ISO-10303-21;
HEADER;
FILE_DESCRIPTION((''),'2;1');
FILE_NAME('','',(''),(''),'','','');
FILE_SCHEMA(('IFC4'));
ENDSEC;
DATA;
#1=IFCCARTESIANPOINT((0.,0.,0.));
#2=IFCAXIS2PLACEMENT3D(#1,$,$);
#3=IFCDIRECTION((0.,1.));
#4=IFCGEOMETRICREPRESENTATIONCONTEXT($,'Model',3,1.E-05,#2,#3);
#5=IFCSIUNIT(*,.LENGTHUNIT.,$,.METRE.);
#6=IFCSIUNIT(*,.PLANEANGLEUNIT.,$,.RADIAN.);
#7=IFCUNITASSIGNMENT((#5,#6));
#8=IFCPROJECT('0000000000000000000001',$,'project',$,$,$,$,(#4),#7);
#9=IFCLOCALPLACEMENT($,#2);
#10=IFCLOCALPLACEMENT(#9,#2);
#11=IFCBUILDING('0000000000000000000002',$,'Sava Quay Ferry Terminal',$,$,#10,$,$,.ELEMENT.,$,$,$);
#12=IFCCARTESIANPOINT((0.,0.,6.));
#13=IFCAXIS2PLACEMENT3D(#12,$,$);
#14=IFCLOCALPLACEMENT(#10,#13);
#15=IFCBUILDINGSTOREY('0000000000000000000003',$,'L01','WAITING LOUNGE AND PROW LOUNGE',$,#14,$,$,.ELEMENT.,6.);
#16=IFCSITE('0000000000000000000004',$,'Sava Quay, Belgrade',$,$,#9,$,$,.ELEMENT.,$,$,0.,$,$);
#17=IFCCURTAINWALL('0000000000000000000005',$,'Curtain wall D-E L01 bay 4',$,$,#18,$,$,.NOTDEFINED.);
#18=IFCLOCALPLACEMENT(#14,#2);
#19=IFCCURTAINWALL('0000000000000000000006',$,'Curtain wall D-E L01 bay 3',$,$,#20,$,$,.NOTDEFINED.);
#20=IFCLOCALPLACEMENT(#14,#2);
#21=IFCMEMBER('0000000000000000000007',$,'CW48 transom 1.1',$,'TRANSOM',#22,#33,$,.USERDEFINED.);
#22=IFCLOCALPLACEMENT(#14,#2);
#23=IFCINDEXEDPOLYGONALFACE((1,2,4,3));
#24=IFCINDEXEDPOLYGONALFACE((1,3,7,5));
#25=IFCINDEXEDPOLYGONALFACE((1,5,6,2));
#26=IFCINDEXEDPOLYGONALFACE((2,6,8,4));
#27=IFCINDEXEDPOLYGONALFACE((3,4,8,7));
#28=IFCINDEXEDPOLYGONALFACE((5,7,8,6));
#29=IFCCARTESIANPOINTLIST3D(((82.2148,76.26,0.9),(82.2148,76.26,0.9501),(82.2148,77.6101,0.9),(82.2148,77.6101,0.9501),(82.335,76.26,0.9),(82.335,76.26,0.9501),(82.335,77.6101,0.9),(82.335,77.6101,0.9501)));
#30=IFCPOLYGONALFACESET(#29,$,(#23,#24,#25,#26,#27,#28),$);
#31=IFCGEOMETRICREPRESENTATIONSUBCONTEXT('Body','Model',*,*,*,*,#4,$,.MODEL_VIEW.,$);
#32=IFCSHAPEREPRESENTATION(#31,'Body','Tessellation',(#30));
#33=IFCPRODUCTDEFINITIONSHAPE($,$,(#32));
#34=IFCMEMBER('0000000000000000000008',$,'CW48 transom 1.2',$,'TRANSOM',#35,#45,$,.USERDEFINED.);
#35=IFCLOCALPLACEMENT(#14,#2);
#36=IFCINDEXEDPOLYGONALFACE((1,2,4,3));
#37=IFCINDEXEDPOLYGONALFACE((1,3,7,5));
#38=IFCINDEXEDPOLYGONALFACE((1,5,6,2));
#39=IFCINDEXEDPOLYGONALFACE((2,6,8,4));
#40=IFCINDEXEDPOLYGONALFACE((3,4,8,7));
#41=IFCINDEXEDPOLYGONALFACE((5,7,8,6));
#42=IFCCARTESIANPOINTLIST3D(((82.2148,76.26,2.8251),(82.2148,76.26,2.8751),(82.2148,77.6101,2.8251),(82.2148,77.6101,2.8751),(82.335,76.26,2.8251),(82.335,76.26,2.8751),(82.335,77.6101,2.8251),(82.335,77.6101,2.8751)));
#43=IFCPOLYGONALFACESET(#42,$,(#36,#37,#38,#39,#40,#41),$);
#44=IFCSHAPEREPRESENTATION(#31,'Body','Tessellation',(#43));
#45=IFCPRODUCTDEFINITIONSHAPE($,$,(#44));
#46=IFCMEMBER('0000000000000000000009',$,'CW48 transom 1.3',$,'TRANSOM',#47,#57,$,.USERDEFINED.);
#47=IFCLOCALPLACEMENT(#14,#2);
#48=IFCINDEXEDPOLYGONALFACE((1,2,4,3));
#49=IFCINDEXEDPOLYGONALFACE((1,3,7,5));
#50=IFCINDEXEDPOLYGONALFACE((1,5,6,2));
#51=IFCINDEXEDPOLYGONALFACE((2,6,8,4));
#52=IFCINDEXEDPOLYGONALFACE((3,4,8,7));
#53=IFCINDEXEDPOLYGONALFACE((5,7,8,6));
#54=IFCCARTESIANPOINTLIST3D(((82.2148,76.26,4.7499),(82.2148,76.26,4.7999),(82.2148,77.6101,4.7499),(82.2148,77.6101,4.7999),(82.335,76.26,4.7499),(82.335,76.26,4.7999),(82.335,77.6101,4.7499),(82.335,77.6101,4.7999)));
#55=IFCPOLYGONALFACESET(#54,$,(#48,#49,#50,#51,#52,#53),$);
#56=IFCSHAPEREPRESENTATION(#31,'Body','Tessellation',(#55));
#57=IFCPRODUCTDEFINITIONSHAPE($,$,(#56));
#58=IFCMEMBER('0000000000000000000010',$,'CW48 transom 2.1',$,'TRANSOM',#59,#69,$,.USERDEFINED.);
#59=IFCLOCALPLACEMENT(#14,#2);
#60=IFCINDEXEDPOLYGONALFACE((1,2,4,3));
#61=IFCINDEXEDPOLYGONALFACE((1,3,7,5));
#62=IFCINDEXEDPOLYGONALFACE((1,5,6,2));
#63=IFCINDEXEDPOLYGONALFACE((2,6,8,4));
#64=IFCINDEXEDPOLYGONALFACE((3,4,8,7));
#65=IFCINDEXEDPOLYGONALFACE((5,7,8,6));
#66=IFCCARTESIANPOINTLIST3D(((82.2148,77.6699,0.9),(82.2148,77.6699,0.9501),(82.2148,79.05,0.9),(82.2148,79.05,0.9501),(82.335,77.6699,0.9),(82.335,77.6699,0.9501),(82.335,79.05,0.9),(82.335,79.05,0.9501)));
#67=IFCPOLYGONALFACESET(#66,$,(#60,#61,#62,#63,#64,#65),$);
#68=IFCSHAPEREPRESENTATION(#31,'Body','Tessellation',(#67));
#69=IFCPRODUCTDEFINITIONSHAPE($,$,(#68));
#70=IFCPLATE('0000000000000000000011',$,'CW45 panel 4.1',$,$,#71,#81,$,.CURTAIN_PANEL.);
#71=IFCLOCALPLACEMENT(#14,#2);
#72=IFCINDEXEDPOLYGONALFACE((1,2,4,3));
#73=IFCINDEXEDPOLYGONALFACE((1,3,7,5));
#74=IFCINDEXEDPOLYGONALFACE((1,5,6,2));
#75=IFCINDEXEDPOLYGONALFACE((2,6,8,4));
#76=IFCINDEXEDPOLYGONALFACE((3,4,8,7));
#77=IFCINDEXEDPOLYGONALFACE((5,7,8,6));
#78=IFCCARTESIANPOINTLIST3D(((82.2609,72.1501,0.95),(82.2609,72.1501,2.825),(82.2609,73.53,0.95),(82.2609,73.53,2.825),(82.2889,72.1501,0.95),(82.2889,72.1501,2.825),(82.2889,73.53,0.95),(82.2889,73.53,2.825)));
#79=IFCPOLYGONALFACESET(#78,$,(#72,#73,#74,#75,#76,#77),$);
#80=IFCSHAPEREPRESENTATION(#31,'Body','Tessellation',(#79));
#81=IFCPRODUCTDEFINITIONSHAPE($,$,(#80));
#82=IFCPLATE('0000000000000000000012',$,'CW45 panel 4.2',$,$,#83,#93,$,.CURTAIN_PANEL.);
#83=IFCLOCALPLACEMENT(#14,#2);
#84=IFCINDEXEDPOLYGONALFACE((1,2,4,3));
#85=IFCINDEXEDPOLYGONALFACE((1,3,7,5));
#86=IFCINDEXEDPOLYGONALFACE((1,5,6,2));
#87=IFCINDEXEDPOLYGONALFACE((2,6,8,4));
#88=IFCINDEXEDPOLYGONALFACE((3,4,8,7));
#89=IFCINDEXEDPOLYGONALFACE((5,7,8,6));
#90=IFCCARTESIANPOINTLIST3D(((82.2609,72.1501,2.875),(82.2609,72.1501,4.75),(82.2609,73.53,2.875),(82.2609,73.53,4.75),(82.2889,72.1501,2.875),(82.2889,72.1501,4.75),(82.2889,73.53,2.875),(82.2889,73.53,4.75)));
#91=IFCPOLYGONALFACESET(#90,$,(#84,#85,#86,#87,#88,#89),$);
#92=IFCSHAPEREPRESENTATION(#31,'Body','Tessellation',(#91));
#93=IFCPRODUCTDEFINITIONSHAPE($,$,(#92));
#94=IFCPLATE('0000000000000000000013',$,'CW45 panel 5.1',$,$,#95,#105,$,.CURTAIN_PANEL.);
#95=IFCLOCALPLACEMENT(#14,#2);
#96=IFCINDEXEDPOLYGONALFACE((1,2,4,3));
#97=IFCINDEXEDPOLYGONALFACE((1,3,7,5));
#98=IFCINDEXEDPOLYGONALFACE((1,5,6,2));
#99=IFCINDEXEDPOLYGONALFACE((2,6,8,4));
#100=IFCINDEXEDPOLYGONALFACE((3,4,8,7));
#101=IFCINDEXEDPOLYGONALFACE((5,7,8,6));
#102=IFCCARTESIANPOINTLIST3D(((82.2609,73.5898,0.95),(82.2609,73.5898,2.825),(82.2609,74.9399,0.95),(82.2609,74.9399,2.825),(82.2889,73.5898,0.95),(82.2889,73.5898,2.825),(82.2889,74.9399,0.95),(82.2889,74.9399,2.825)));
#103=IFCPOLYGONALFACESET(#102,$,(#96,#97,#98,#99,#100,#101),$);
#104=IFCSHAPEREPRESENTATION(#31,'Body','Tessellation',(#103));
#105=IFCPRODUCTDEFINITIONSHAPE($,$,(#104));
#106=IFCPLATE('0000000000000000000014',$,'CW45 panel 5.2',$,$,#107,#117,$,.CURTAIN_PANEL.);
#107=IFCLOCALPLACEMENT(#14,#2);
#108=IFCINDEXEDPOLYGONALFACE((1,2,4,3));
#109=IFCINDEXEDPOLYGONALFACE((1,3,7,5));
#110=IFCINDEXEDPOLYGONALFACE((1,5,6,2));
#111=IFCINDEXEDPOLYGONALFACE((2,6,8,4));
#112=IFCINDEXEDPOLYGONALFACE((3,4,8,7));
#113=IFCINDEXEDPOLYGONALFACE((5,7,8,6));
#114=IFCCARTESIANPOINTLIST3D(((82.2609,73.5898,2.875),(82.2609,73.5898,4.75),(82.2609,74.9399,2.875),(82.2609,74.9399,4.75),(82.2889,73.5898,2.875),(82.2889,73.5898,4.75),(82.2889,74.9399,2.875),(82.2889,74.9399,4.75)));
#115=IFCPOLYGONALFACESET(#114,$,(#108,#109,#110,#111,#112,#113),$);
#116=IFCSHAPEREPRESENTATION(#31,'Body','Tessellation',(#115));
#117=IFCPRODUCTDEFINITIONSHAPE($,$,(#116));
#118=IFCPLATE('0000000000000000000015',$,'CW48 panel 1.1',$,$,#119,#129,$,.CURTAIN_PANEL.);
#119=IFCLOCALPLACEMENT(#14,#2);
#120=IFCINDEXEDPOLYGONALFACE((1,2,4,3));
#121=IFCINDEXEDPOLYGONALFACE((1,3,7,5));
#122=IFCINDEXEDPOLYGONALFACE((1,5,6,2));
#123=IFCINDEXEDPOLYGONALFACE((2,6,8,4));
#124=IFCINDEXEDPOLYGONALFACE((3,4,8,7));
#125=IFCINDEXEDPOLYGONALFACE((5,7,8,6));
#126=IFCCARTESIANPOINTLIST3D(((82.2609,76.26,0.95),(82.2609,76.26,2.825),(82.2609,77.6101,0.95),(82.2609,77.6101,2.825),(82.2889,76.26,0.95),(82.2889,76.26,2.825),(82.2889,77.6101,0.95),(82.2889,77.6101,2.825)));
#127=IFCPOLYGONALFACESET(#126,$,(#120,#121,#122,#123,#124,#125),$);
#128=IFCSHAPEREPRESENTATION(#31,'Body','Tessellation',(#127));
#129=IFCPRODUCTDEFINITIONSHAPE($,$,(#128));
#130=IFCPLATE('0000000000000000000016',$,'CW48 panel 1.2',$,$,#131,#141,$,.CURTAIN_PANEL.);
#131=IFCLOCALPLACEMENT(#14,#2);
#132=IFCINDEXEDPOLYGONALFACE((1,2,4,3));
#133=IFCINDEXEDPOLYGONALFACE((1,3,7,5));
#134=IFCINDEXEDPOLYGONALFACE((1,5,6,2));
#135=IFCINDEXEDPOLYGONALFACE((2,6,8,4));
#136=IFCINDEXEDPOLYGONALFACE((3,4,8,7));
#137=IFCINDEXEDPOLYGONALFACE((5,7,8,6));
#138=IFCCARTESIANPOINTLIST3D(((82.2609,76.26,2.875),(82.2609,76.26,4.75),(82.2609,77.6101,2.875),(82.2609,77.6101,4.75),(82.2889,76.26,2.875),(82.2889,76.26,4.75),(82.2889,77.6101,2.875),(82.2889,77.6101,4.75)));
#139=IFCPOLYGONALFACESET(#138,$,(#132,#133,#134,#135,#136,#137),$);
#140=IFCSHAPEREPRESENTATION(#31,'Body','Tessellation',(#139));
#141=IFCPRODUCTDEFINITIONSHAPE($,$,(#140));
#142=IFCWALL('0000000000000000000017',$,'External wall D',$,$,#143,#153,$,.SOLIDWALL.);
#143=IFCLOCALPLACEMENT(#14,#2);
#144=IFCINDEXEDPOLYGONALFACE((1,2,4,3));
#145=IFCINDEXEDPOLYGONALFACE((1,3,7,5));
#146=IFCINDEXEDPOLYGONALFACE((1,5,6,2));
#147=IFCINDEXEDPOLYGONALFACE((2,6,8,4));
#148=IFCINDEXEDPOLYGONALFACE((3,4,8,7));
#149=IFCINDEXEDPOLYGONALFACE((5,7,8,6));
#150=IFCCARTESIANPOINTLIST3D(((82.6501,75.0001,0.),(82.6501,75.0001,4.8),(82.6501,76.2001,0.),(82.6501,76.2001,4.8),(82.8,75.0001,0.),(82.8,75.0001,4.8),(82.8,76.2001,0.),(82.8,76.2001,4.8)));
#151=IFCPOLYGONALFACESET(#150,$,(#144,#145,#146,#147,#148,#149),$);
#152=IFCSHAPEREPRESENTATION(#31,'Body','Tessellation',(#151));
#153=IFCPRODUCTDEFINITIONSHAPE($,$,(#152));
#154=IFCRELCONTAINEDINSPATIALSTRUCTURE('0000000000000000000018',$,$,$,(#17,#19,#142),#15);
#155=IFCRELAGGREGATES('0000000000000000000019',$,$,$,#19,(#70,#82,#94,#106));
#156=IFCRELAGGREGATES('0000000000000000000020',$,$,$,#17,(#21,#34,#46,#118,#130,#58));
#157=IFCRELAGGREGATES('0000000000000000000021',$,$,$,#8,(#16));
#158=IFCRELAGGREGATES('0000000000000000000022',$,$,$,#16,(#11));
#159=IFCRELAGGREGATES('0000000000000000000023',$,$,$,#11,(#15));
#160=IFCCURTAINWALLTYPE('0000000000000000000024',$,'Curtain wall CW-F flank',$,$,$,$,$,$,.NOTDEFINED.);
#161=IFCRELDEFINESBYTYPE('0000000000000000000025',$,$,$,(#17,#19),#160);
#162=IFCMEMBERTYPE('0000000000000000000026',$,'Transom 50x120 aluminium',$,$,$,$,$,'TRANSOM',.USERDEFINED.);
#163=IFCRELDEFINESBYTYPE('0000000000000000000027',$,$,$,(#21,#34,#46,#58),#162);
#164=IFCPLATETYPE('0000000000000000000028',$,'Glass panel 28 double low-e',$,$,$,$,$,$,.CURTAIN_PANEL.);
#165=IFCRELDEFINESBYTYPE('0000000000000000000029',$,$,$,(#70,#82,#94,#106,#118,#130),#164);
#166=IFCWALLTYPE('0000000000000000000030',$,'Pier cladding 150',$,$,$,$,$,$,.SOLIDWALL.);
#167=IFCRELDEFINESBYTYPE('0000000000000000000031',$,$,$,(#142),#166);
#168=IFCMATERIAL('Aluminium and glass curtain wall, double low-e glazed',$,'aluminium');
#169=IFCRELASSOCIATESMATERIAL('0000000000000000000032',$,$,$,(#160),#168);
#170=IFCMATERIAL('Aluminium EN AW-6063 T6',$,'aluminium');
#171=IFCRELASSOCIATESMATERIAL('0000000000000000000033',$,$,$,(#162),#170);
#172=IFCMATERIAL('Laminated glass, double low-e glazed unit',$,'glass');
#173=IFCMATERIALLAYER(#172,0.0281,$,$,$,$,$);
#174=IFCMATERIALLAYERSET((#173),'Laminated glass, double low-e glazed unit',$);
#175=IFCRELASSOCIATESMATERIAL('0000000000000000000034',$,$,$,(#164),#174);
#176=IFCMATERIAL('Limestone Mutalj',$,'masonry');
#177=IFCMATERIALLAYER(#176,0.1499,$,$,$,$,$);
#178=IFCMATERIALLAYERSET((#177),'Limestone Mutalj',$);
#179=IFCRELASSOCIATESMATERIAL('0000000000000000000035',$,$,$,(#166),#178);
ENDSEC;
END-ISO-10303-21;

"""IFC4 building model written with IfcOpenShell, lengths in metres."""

from ifc_helpers import new_model, si_unit, direction, frame, frame_2d, origin, origin_2d, place, context, subcontext, project, spatial, rectangle, extrude, material, layer, layer_set, material_profile, profile_set, type_object, element, aggregate, save


model = new_model("IFC4")

# Units and contexts
model_context = context("Model", 3, precision=1e-05, world=origin(), true_north=direction((0.0, 1.0)))
body_context = subcontext(model_context, "Body", "Model", "MODEL_VIEW")
ifc_project = project(units=[si_unit("LENGTHUNIT", "METRE"), si_unit("PLANEANGLEUNIT", "RADIAN")], contexts=[model_context])

# Site, building, storey
site_placement = place(None, origin())
site = spatial("IfcSite", under=ifc_project, at=site_placement, Name="Sava Quay, Belgrade", CompositionType="ELEMENT", RefElevation=0.0)
building_placement = place(site_placement, origin())
building = spatial("IfcBuilding", under=site, at=building_placement, Name="Sava Quay Ferry Terminal", CompositionType="ELEMENT")
storey_placement = place(building_placement, frame((0.0, 0.0, 6.0)))
storey = spatial("IfcBuildingStorey", under=building, at=storey_placement, Name="L01", Description="WAITING LOUNGE AND PROW LOUNGE", CompositionType="ELEMENT", Elevation=6.0)

# Curtain wall
ifc_material_1 = material(Name="Aluminium and glass curtain wall, double low-e glazed", Category="aluminium")
curtain_wall_type = type_object("IfcCurtainWallType", Name="Curtain wall CW-F flank", PredefinedType="NOTDEFINED", material=ifc_material_1)
curtain_wall_1_placement = place(storey_placement, origin())
curtain_wall_1 = element("IfcCurtainWall", 1, at=curtain_wall_1_placement, inside=storey, type_object=curtain_wall_type, Name="Curtain wall D-E L01 bay 4", PredefinedType="NOTDEFINED")

# Curtain wall
curtain_wall_2_placement = place(storey_placement, origin())
curtain_wall_2 = element("IfcCurtainWall", 2, at=curtain_wall_2_placement, inside=storey, type_object=curtain_wall_type, Name="Curtain wall D-E L01 bay 3", PredefinedType="NOTDEFINED")
ifc_material_2 = material(Name="Aluminium EN AW-6063 T6", Category="aluminium")
ifc_material_profile_1 = material_profile(ifc_material_2, rectangle(XDim=0.1201, YDim=0.05, at=origin_2d()), Name="Transom 50x120 aluminium")
ifc_profile_set_1 = profile_set([ifc_material_profile_1], Name="Aluminium EN AW-6063 T6")
member_type_1 = type_object("IfcMemberType", Name="Transom 50x120 aluminium", ElementType="TRANSOM", PredefinedType="USERDEFINED", material=ifc_profile_set_1)

# Members
member_1_placement = place(storey_placement, frame((82.2749, 76.26, 0.925), z_axis=(0.0, 1.0, 0.0), x_axis=(-1.0, 0.0, 0.0)))
member_1 = element("IfcMember", 3, at=member_1_placement, type_object=member_type_1, Name="CW48 transom 1.1", ObjectType="TRANSOM", PredefinedType="USERDEFINED", context=body_context, shape_type="SweptSolid", body=[
    extrude(rectangle(XDim=0.1201, YDim=0.05, at=origin_2d()), origin(), (0.0, 0.0, 1.0), 1.3501),
])
member_2_placement = place(storey_placement, frame((82.2749, 76.26, 2.8501), z_axis=(0.0, 1.0, 0.0), x_axis=(-1.0, 0.0, 0.0)))
member_2 = element("IfcMember", 4, at=member_2_placement, type_object=member_type_1, Name="CW48 transom 1.2", ObjectType="TRANSOM", PredefinedType="USERDEFINED", context=body_context, shape_type="SweptSolid", body=[
    extrude(rectangle(XDim=0.1201, YDim=0.05, at=origin_2d()), origin(), (0.0, 0.0, 1.0), 1.3501),
])
member_3_placement = place(storey_placement, frame((82.2749, 76.26, 4.7749), z_axis=(0.0, 1.0, 0.0), x_axis=(-1.0, 0.0, 0.0)))
member_3 = element("IfcMember", 5, at=member_3_placement, type_object=member_type_1, Name="CW48 transom 1.3", ObjectType="TRANSOM", PredefinedType="USERDEFINED", context=body_context, shape_type="SweptSolid", body=[
    extrude(rectangle(XDim=0.1201, YDim=0.05, at=origin_2d()), origin(), (0.0, 0.0, 1.0), 1.3501),
])
member_4_placement = place(storey_placement, frame((82.2749, 77.6699, 0.925), z_axis=(0.0, 1.0, 0.0), x_axis=(-1.0, 0.0, 0.0)))
member_4 = element("IfcMember", 6, at=member_4_placement, type_object=member_type_1, Name="CW48 transom 2.1", ObjectType="TRANSOM", PredefinedType="USERDEFINED", context=body_context, shape_type="SweptSolid", body=[
    extrude(rectangle(XDim=0.1201, YDim=0.05, at=origin_2d()), origin(), (0.0, 0.0, 1.0), 1.3801),
])

# Plates
ifc_material_3 = material(Name="Laminated glass, double low-e glazed unit", Category="glass")
ifc_layer_1 = layer(ifc_material_3, 0.0281)
ifc_layer_set_1 = layer_set([ifc_layer_1], Name="Laminated glass, double low-e glazed unit")
plate_type = type_object("IfcPlateType", Name="Glass panel 28 double low-e", PredefinedType="CURTAIN_PANEL", material=ifc_layer_set_1)
plate_1_placement = place(storey_placement, frame((82.2749, 72.8401, 0.95), z_axis=(0.0, 0.0, 1.0), x_axis=(0.0, 1.0, 0.0)))
plate_1 = element("IfcPlate", 7, at=plate_1_placement, type_object=plate_type, Name="CW45 panel 4.1", PredefinedType="CURTAIN_PANEL", context=body_context, shape_type="SweptSolid", body=[
    extrude(rectangle(XDim=1.3799, YDim=0.0281, at=origin_2d()), origin(), (0.0, 0.0, 1.0), 1.875),
])
plate_2_placement = place(storey_placement, frame((82.2749, 72.8401, 2.875), z_axis=(0.0, 0.0, 1.0), x_axis=(0.0, 1.0, 0.0)))
plate_2 = element("IfcPlate", 8, at=plate_2_placement, type_object=plate_type, Name="CW45 panel 4.2", PredefinedType="CURTAIN_PANEL", context=body_context, shape_type="SweptSolid", body=[
    extrude(rectangle(XDim=1.3799, YDim=0.0281, at=origin_2d()), origin(), (0.0, 0.0, 1.0), 1.875),
])
plate_3_placement = place(storey_placement, frame((82.2749, 74.2649, 0.95), z_axis=(0.0, 0.0, 1.0), x_axis=(0.0, 1.0, 0.0)))
plate_3 = element("IfcPlate", 9, at=plate_3_placement, type_object=plate_type, Name="CW45 panel 5.1", PredefinedType="CURTAIN_PANEL", context=body_context, shape_type="SweptSolid", body=[
    extrude(rectangle(XDim=1.3501, YDim=0.0281, at=origin_2d()), origin(), (0.0, 0.0, 1.0), 1.875),
])
plate_4_placement = place(storey_placement, frame((82.2749, 74.2649, 2.875), z_axis=(0.0, 0.0, 1.0), x_axis=(0.0, 1.0, 0.0)))
plate_4 = element("IfcPlate", 10, at=plate_4_placement, type_object=plate_type, Name="CW45 panel 5.2", PredefinedType="CURTAIN_PANEL", context=body_context, shape_type="SweptSolid", body=[
    extrude(rectangle(XDim=1.3501, YDim=0.0281, at=origin_2d()), origin(), (0.0, 0.0, 1.0), 1.875),
])
aggregate(curtain_wall_2, [plate_1, plate_2, plate_3, plate_4])
plate_5_placement = place(storey_placement, frame((82.2749, 76.9351, 0.95), z_axis=(0.0, 0.0, 1.0), x_axis=(0.0, 1.0, 0.0)))
plate_5 = element("IfcPlate", 11, at=plate_5_placement, type_object=plate_type, Name="CW48 panel 1.1", PredefinedType="CURTAIN_PANEL", context=body_context, shape_type="SweptSolid", body=[
    extrude(rectangle(XDim=1.3501, YDim=0.0281, at=origin_2d()), origin(), (0.0, 0.0, 1.0), 1.875),
])
plate_6_placement = place(storey_placement, frame((82.2749, 76.9351, 2.875), z_axis=(0.0, 0.0, 1.0), x_axis=(0.0, 1.0, 0.0)))
plate_6 = element("IfcPlate", 12, at=plate_6_placement, type_object=plate_type, Name="CW48 panel 1.2", PredefinedType="CURTAIN_PANEL", context=body_context, shape_type="SweptSolid", body=[
    extrude(rectangle(XDim=1.3501, YDim=0.0281, at=origin_2d()), origin(), (0.0, 0.0, 1.0), 1.875),
])
aggregate(curtain_wall_1, [member_1, member_2, member_3, plate_5, plate_6, member_4])

# Wall
ifc_material_4 = material(Name="Limestone Mutalj", Category="masonry")
ifc_layer_2 = layer(ifc_material_4, 0.1499)
ifc_layer_set_2 = layer_set([ifc_layer_2], Name="Limestone Mutalj")
wall_type = type_object("IfcWallType", Name="Pier cladding 150", PredefinedType="SOLIDWALL", material=ifc_layer_set_2)
wall_placement = place(storey_placement, frame((82.7251, 75.0, 0.0), z_axis=(0.0, 0.0, 1.0), x_axis=(0.0, 1.0, 0.0)))
element("IfcWall", 13, at=wall_placement, inside=storey, type_object=wall_type, Name="External wall D", PredefinedType="SOLIDWALL", context=body_context, shape_type="SweptSolid", body=[
    extrude(rectangle(XDim=1.2, YDim=0.1499, at=frame_2d((0.6001, 0.0))), origin(), (0.0, 0.0, 1.0), 4.8),
])

save(model, "model.ifc")
